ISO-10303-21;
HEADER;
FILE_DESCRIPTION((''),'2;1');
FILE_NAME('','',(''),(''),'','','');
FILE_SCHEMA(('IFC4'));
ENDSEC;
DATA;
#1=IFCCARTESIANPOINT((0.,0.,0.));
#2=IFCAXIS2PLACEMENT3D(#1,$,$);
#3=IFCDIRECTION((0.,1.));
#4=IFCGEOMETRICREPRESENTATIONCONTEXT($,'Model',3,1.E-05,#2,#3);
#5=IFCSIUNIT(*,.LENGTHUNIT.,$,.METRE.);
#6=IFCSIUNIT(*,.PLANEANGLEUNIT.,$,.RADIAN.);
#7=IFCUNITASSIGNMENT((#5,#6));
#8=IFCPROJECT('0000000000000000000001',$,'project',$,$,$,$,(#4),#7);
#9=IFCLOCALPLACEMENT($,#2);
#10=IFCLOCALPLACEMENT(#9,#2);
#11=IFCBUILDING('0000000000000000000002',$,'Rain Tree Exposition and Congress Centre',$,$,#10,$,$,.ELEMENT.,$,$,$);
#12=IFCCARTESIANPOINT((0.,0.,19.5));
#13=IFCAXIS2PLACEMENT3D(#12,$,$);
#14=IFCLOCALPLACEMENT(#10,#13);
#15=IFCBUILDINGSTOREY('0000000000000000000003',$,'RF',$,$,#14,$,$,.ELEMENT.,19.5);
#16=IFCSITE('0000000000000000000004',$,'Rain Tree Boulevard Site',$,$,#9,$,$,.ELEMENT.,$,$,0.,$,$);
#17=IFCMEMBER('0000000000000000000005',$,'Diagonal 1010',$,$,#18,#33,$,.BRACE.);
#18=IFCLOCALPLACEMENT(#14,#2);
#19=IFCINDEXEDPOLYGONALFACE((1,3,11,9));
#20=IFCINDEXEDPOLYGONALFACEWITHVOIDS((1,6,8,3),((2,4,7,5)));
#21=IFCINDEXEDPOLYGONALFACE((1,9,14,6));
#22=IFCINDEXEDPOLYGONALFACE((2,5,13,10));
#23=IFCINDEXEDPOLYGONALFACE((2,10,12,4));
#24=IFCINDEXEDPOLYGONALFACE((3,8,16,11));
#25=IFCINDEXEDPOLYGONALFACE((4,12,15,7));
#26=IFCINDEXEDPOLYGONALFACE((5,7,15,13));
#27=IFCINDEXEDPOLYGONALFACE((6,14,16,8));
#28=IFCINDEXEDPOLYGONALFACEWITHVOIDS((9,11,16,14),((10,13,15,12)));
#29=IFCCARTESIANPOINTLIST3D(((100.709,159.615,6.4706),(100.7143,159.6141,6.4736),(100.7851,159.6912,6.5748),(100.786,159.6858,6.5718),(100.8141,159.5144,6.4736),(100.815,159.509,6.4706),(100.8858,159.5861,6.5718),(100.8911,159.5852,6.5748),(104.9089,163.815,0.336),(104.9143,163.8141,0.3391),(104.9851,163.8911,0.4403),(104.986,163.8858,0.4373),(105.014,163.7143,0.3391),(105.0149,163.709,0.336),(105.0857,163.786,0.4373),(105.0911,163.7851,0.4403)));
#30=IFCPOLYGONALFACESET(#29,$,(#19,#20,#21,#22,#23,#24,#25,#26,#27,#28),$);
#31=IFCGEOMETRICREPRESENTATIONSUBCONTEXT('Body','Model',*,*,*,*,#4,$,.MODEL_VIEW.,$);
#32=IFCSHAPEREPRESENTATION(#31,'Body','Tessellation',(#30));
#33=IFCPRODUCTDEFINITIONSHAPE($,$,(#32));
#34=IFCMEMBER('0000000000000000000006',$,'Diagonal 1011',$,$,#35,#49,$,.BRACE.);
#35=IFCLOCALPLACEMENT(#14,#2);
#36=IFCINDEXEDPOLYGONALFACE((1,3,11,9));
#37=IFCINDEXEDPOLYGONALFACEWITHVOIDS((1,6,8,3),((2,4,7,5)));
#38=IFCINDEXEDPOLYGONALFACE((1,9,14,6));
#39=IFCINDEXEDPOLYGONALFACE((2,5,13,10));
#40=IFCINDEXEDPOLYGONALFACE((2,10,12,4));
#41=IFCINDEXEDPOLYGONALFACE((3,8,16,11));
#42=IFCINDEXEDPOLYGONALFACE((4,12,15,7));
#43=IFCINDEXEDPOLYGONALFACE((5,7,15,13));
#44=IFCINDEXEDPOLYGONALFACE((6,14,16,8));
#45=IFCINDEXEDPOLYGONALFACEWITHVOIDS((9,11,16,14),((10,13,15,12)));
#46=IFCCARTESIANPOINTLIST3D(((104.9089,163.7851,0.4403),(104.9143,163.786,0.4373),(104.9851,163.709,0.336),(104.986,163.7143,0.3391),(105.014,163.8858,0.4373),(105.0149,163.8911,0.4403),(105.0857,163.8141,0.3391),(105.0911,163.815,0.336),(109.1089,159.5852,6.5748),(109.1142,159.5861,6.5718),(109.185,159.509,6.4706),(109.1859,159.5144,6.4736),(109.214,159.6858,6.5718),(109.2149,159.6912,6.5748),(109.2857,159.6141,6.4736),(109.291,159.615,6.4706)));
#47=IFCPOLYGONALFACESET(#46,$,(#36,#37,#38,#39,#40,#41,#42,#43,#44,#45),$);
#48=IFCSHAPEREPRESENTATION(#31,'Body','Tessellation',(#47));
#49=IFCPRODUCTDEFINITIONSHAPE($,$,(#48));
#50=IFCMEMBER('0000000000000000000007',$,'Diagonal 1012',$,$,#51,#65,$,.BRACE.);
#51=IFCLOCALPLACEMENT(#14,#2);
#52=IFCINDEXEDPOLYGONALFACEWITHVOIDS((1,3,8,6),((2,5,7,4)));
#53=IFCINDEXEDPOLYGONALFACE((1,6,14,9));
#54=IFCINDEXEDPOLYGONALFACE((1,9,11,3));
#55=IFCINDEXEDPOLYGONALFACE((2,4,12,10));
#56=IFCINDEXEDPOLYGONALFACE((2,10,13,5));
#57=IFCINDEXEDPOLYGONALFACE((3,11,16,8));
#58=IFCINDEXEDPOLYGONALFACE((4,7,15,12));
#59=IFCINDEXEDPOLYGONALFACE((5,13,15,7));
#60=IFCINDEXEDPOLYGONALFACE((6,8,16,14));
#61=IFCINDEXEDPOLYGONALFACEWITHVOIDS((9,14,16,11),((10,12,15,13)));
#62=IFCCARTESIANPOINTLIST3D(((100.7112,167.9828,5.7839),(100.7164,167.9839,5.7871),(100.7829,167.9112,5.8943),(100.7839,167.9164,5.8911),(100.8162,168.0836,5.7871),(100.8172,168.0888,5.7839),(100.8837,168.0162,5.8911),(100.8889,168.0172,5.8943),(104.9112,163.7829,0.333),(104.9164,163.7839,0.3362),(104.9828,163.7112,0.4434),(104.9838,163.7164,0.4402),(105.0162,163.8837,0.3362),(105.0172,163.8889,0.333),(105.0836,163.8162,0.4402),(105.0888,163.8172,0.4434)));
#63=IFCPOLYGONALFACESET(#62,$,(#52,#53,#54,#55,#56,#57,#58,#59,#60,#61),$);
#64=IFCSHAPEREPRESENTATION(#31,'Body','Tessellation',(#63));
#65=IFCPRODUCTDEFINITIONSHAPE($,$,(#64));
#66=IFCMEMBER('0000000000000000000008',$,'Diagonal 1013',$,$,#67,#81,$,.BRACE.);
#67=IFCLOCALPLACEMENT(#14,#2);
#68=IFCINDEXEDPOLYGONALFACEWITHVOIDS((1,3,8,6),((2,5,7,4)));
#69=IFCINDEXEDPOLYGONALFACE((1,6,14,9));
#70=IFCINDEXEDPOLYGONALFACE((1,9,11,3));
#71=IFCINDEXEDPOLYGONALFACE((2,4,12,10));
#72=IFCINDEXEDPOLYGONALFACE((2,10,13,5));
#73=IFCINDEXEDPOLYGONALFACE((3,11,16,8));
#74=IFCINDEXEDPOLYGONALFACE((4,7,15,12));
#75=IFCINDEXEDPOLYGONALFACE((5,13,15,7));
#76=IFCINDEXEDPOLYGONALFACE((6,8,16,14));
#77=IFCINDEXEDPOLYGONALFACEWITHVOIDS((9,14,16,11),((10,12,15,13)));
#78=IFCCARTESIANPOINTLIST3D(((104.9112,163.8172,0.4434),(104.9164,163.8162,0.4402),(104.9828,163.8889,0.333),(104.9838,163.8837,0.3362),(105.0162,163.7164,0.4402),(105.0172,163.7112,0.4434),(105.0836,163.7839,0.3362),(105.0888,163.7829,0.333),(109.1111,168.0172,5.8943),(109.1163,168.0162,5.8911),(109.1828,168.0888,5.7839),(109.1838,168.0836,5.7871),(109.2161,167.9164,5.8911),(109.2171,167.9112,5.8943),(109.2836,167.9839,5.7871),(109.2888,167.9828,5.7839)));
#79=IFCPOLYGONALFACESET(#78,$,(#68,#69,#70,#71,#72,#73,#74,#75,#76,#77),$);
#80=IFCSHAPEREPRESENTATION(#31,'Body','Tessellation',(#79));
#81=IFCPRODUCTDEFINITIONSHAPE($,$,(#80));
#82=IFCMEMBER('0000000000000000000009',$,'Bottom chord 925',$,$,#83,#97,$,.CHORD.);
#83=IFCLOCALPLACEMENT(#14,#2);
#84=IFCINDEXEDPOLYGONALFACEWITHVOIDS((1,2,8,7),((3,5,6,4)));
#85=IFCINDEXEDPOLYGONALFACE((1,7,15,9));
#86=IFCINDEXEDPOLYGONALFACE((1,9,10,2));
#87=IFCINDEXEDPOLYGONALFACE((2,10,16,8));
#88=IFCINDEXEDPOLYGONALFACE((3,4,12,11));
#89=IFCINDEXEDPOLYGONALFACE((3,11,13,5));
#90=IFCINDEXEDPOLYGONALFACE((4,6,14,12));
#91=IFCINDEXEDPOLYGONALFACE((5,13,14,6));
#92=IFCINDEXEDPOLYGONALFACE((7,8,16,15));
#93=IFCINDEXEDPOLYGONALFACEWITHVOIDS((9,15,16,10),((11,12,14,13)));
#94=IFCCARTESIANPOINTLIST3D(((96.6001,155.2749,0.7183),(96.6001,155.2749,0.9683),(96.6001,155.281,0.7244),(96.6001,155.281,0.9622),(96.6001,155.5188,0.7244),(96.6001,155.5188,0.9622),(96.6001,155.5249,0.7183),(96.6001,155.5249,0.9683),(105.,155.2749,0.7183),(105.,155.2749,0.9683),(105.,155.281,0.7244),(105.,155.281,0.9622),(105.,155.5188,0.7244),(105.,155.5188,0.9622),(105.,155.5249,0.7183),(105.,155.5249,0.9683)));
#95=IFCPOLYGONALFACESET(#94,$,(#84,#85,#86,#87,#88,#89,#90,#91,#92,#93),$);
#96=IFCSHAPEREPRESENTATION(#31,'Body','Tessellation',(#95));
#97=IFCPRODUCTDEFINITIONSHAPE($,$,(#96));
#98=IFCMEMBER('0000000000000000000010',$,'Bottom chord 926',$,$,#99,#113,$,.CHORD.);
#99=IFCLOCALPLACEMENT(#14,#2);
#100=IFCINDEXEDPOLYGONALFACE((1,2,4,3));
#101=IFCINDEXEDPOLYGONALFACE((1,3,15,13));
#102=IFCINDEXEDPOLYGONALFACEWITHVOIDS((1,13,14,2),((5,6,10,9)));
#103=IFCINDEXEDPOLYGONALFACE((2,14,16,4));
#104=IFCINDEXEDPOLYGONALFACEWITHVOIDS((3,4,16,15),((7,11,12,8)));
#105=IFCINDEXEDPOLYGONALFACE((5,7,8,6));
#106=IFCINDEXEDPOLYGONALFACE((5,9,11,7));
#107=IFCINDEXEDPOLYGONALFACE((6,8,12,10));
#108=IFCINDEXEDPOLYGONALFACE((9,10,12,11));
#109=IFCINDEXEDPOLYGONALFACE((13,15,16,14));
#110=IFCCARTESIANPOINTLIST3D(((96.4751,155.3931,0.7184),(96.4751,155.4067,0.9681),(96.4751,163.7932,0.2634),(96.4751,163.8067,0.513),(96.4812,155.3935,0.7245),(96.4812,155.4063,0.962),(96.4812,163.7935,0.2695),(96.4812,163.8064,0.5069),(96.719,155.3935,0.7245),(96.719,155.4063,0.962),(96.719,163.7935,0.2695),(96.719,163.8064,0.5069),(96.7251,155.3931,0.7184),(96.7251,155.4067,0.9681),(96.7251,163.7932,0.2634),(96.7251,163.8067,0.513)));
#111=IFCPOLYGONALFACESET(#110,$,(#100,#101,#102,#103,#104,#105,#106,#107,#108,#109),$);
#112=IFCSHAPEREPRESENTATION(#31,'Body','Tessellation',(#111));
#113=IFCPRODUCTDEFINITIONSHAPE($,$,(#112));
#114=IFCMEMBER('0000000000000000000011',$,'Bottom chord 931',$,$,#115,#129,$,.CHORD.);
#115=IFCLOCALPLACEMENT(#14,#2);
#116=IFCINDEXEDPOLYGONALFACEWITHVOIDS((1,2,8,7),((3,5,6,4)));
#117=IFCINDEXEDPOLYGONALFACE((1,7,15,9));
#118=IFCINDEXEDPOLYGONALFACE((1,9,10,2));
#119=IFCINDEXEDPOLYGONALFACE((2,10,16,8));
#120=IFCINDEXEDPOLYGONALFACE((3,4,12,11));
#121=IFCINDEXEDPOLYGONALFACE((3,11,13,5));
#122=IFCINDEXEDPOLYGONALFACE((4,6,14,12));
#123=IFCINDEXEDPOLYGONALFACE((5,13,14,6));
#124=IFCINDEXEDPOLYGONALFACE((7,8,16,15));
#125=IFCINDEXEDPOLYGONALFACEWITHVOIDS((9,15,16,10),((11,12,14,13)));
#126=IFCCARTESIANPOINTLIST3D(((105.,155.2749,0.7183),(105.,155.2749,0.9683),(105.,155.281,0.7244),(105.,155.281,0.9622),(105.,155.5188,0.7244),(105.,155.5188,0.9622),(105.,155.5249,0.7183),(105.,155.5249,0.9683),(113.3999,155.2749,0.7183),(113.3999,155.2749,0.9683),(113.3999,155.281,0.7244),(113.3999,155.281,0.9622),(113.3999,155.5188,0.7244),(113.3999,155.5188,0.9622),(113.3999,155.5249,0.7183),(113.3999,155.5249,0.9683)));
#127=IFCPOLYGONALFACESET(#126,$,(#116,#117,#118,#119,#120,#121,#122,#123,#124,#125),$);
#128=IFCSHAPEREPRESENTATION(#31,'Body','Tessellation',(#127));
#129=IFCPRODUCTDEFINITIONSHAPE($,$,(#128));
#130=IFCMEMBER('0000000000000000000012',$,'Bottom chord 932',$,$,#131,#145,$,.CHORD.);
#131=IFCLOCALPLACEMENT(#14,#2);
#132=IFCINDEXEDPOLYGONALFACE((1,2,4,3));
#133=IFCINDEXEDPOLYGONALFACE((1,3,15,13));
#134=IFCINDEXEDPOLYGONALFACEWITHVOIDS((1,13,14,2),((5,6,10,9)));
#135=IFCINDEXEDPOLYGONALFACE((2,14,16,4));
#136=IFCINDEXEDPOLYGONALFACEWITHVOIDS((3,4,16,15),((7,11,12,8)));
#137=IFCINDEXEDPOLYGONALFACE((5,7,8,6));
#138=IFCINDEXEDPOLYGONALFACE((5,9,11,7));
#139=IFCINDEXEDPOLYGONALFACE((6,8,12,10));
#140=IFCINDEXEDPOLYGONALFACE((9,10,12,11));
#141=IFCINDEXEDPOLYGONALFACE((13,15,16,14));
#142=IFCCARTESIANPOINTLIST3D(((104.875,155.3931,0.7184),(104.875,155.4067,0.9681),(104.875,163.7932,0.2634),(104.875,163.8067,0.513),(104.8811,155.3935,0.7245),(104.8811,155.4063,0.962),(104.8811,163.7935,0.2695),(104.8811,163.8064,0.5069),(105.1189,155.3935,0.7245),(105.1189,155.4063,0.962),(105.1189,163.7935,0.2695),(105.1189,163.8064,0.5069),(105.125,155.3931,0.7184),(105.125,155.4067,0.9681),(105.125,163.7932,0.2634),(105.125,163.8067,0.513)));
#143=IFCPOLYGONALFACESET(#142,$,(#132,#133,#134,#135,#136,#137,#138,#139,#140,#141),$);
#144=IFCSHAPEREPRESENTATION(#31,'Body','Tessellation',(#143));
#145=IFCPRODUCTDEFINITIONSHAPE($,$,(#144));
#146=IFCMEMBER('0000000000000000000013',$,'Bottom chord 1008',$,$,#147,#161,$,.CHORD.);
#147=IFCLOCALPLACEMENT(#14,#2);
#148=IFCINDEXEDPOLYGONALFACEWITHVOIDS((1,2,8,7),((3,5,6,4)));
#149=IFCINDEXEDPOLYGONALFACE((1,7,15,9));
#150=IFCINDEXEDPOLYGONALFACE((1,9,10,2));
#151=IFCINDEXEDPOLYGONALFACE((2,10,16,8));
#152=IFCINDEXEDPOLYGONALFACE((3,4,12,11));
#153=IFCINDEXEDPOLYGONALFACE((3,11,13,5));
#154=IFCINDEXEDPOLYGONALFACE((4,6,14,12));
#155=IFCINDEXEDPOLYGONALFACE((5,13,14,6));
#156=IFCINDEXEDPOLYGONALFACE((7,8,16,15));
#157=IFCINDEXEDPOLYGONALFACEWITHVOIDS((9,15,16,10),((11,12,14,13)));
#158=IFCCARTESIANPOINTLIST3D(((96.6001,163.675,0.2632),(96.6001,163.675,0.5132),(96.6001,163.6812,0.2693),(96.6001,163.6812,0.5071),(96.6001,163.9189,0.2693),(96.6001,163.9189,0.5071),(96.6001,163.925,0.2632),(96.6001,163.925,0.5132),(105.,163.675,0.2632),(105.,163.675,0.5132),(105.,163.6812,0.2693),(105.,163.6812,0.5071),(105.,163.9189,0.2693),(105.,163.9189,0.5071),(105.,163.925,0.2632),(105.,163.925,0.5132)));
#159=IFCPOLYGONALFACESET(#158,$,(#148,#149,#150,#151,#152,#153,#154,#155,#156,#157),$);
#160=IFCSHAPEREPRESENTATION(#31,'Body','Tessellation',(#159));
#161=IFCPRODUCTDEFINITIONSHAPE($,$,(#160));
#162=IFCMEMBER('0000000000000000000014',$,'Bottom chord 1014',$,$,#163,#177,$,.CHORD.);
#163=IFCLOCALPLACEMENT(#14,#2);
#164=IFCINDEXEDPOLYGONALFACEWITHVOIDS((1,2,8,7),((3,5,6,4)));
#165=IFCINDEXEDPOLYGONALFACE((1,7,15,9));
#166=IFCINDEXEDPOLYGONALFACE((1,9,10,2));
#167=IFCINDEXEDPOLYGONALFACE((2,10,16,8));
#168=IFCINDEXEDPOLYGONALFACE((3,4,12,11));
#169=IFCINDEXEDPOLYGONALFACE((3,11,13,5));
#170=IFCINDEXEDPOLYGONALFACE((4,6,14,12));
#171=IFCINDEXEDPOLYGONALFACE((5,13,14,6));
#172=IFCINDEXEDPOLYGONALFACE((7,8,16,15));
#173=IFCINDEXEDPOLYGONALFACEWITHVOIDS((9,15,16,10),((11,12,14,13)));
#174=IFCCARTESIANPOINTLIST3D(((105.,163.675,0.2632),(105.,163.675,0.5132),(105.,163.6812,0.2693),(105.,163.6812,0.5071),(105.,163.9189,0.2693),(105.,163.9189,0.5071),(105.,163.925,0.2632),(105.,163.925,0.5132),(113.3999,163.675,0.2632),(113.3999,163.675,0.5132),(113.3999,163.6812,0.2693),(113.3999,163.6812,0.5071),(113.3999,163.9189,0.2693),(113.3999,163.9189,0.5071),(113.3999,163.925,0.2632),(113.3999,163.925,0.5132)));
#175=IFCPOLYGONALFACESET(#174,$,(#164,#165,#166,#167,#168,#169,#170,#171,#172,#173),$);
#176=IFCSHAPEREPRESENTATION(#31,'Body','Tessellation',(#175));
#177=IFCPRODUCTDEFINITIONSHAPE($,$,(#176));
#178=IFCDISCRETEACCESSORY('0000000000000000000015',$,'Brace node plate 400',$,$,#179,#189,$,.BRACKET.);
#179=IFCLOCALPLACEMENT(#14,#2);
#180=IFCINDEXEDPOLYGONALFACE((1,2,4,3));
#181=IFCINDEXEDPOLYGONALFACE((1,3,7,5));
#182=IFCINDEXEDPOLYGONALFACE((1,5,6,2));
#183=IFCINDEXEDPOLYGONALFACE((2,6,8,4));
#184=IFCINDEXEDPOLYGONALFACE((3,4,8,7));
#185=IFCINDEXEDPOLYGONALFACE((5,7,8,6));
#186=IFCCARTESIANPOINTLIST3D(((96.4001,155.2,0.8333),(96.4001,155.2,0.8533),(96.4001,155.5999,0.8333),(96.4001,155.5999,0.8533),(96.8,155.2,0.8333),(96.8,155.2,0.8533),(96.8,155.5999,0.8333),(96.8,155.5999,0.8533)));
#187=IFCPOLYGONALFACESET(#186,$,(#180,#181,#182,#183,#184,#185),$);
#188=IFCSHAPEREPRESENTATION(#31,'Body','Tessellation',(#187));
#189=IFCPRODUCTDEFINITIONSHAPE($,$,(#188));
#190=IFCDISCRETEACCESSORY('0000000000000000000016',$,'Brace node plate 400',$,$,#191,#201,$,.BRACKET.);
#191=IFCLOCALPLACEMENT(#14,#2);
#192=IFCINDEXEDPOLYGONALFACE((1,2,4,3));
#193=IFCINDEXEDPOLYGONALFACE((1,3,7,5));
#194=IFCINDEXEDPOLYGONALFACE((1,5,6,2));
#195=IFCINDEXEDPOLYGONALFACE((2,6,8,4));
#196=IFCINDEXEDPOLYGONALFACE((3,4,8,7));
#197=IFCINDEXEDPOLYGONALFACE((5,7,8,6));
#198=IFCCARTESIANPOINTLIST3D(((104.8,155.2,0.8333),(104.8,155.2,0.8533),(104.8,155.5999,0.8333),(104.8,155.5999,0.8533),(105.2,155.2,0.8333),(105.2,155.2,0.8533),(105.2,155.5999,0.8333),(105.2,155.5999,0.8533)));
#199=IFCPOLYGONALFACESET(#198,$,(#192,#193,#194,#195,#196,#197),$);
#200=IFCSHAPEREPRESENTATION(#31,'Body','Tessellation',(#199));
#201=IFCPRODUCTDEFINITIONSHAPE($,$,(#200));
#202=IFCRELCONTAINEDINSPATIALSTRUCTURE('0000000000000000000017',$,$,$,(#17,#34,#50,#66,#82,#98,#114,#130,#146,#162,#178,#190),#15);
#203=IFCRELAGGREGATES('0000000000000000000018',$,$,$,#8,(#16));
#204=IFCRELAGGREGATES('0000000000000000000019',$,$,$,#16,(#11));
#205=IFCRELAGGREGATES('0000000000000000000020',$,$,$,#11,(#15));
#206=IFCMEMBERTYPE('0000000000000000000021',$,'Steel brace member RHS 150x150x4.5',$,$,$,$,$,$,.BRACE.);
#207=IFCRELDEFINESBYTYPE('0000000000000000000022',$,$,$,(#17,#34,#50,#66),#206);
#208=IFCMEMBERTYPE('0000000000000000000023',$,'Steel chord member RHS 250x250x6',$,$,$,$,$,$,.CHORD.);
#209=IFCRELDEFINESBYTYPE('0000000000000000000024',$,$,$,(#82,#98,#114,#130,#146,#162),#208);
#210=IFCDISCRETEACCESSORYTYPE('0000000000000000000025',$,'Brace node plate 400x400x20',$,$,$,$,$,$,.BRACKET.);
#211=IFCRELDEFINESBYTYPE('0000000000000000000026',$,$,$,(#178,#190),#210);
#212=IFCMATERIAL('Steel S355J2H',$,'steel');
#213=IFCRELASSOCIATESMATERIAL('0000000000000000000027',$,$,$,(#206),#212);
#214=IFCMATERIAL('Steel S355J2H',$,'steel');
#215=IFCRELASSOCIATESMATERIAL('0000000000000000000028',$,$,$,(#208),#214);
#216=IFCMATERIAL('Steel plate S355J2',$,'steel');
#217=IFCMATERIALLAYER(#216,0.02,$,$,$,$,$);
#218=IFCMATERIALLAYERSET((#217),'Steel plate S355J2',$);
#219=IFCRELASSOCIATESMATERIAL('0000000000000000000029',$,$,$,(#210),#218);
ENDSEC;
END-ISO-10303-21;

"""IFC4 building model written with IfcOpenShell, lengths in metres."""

from ifc_helpers import new_model, si_unit, direction, frame, origin, origin_2d, place, context, subcontext, project, spatial, rectangle, hollow_rectangle, extrude, material, layer, layer_set, material_profile, profile_set, type_object, element, save


model = new_model("IFC4")

# Units and contexts
model_context = context("Model", 3, precision=1e-05, world=origin(), true_north=direction((0.0, 1.0)))
body_context = subcontext(model_context, "Body", "Model", "MODEL_VIEW")
ifc_project = project(units=[si_unit("LENGTHUNIT", "METRE"), si_unit("PLANEANGLEUNIT", "RADIAN")], contexts=[model_context])

# Site, building, storey
site_placement = place(None, origin())
site = spatial("IfcSite", under=ifc_project, at=site_placement, Name="Rain Tree Boulevard Site", CompositionType="ELEMENT", RefElevation=0.0)
building_placement = place(site_placement, origin())
building = spatial("IfcBuilding", under=site, at=building_placement, Name="Rain Tree Exposition and Congress Centre", CompositionType="ELEMENT")
storey_placement = place(building_placement, frame((0.0, 0.0, 19.5)))
storey = spatial("IfcBuildingStorey", under=building, at=storey_placement, Name="RF", CompositionType="ELEMENT", Elevation=19.5)

# Members
ifc_material_1 = material(Name="Steel S355J2H", Category="steel")
ifc_material_profile_1 = material_profile(ifc_material_1, hollow_rectangle(XDim=0.1499, YDim=0.1499, WallThickness=0.0044, at=origin_2d()), Name="RHS 150x150x4.5")
ifc_profile_set_1 = profile_set([ifc_material_profile_1], Name="Steel S355J2H")
member_type_1 = type_object("IfcMemberType", Name="Steel brace member RHS 150x150x4.5", PredefinedType="BRACE", material=ifc_profile_set_1)
for number, where, z_axis, x_axis, name in (
    (1, (105.0, 163.8, 0.3882), (-0.491865, -0.491865, 0.718427), (0.707107, -0.707107, 0.0), "Diagonal 1010"),
    (2, (105.0, 163.8, 0.3882), (0.491865, -0.491865, 0.718427), (0.707107, 0.707107, 0.0), "Diagonal 1011"),
):
    element("IfcMember", number, at=place(storey_placement, frame(where, z_axis=z_axis, x_axis=x_axis)), inside=storey, type_object=member_type_1, Name=name, PredefinedType="BRACE", context=body_context, shape_type="SweptSolid", body=[
        extrude(hollow_rectangle(XDim=0.1499, YDim=0.1499, WallThickness=0.0044, at=origin_2d()), origin(), (0.0, 0.0, 1.0), 8.5388),
    ])
for number, where, z_axis, x_axis, name in (
    (3, (105.0, 163.8, 0.3882), (-0.520973, 0.520973, 0.676147), (-0.707107, -0.707107, 0.0), "Diagonal 1012"),
    (4, (105.0, 163.8, 0.3882), (0.520973, 0.520973, 0.676147), (-0.707107, 0.707107, 0.0), "Diagonal 1013"),
):
    element("IfcMember", number, at=place(storey_placement, frame(where, z_axis=z_axis, x_axis=x_axis)), inside=storey, type_object=member_type_1, Name=name, PredefinedType="BRACE", context=body_context, shape_type="SweptSolid", body=[
        extrude(hollow_rectangle(XDim=0.1499, YDim=0.1499, WallThickness=0.0044, at=origin_2d()), origin(), (0.0, 0.0, 1.0), 8.0618),
    ])
ifc_material_2 = material(Name="Steel S355J2H", Category="steel")
ifc_material_profile_2 = material_profile(ifc_material_2, hollow_rectangle(XDim=0.25, YDim=0.25, WallThickness=0.0061, at=origin_2d()), Name="RHS 250x250x6")
ifc_profile_set_2 = profile_set([ifc_material_profile_2], Name="Steel S355J2H")
member_type_2 = type_object("IfcMemberType", Name="Steel chord member RHS 250x250x6", PredefinedType="CHORD", material=ifc_profile_set_2)
member_1_placement = place(storey_placement, frame((96.6001, 155.3999, 0.8433), z_axis=(1.0, 0.0, 0.0), x_axis=(0.0, 1.0, 0.0)))
element("IfcMember", 5, at=member_1_placement, inside=storey, type_object=member_type_2, Name="Bottom chord 925", PredefinedType="CHORD", context=body_context, shape_type="SweptSolid", body=[
    extrude(hollow_rectangle(XDim=0.25, YDim=0.25, WallThickness=0.0061, at=origin_2d()), origin(), (0.0, 0.0, 1.0), 8.3999),
])
member_2_placement = place(storey_placement, frame((96.6001, 155.3999, 0.8433), z_axis=(0.0, 0.998536, -0.054096), x_axis=(-1.0, 0.0, 0.0)))
element("IfcMember", 6, at=member_2_placement, inside=storey, type_object=member_type_2, Name="Bottom chord 926", PredefinedType="CHORD", context=body_context, shape_type="SweptSolid", body=[
    extrude(hollow_rectangle(XDim=0.25, YDim=0.25, WallThickness=0.0061, at=origin_2d()), origin(), (0.0, 0.0, 1.0), 8.4124),
])
member_3_placement = place(storey_placement, frame((105.0, 155.3999, 0.8433), z_axis=(1.0, 0.0, 0.0), x_axis=(0.0, 1.0, 0.0)))
element("IfcMember", 7, at=member_3_placement, inside=storey, type_object=member_type_2, Name="Bottom chord 931", PredefinedType="CHORD", context=body_context, shape_type="SweptSolid", body=[
    extrude(hollow_rectangle(XDim=0.25, YDim=0.25, WallThickness=0.0061, at=origin_2d()), origin(), (0.0, 0.0, 1.0), 8.3999),
])
member_4_placement = place(storey_placement, frame((105.0, 155.3999, 0.8433), z_axis=(0.0, 0.998536, -0.054096), x_axis=(-1.0, 0.0, 0.0)))
element("IfcMember", 8, at=member_4_placement, inside=storey, type_object=member_type_2, Name="Bottom chord 932", PredefinedType="CHORD", context=body_context, shape_type="SweptSolid", body=[
    extrude(hollow_rectangle(XDim=0.25, YDim=0.25, WallThickness=0.0061, at=origin_2d()), origin(), (0.0, 0.0, 1.0), 8.4124),
])
for number, where, z_axis, x_axis, name in (
    (9, (96.6001, 163.8, 0.3882), (1.0, 0.0, 0.0), (0.0, 1.0, 0.0), "Bottom chord 1008"),
    (10, (105.0, 163.8, 0.3882), (1.0, 0.0, 0.0), (0.0, 1.0, 0.0), "Bottom chord 1014"),
):
    element("IfcMember", number, at=place(storey_placement, frame(where, z_axis=z_axis, x_axis=x_axis)), inside=storey, type_object=member_type_2, Name=name, PredefinedType="CHORD", context=body_context, shape_type="SweptSolid", body=[
        extrude(hollow_rectangle(XDim=0.25, YDim=0.25, WallThickness=0.0061, at=origin_2d()), origin(), (0.0, 0.0, 1.0), 8.3999),
    ])

# Discrete accessories
ifc_material_3 = material(Name="Steel plate S355J2", Category="steel")
ifc_layer_1 = layer(ifc_material_3, 0.02)
ifc_layer_set_1 = layer_set([ifc_layer_1], Name="Steel plate S355J2")
discrete_accessory_type_1 = type_object("IfcDiscreteAccessoryType", Name="Brace node plate 400x400x20", PredefinedType="BRACKET", material=ifc_layer_set_1)
for number, where, z_axis, x_axis, name in (
    (11, (96.6001, 155.3999, 0.8333), (0.0, 0.0, 1.0), (1.0, 0.0, 0.0), "Brace node plate 400"),
    (12, (105.0, 155.3999, 0.8333), (0.0, 0.0, 1.0), (1.0, 0.0, 0.0), "Brace node plate 400"),
):
    element("IfcDiscreteAccessory", number, at=place(storey_placement, frame(where, z_axis=z_axis, x_axis=x_axis)), inside=storey, type_object=discrete_accessory_type_1, Name=name, PredefinedType="BRACKET", context=body_context, shape_type="SweptSolid", body=[
        extrude(rectangle(XDim=0.3999, YDim=0.3999, at=origin_2d()), origin(), (0.0, 0.0, 1.0), 0.02),
    ])

save(model, "model.ifc")
